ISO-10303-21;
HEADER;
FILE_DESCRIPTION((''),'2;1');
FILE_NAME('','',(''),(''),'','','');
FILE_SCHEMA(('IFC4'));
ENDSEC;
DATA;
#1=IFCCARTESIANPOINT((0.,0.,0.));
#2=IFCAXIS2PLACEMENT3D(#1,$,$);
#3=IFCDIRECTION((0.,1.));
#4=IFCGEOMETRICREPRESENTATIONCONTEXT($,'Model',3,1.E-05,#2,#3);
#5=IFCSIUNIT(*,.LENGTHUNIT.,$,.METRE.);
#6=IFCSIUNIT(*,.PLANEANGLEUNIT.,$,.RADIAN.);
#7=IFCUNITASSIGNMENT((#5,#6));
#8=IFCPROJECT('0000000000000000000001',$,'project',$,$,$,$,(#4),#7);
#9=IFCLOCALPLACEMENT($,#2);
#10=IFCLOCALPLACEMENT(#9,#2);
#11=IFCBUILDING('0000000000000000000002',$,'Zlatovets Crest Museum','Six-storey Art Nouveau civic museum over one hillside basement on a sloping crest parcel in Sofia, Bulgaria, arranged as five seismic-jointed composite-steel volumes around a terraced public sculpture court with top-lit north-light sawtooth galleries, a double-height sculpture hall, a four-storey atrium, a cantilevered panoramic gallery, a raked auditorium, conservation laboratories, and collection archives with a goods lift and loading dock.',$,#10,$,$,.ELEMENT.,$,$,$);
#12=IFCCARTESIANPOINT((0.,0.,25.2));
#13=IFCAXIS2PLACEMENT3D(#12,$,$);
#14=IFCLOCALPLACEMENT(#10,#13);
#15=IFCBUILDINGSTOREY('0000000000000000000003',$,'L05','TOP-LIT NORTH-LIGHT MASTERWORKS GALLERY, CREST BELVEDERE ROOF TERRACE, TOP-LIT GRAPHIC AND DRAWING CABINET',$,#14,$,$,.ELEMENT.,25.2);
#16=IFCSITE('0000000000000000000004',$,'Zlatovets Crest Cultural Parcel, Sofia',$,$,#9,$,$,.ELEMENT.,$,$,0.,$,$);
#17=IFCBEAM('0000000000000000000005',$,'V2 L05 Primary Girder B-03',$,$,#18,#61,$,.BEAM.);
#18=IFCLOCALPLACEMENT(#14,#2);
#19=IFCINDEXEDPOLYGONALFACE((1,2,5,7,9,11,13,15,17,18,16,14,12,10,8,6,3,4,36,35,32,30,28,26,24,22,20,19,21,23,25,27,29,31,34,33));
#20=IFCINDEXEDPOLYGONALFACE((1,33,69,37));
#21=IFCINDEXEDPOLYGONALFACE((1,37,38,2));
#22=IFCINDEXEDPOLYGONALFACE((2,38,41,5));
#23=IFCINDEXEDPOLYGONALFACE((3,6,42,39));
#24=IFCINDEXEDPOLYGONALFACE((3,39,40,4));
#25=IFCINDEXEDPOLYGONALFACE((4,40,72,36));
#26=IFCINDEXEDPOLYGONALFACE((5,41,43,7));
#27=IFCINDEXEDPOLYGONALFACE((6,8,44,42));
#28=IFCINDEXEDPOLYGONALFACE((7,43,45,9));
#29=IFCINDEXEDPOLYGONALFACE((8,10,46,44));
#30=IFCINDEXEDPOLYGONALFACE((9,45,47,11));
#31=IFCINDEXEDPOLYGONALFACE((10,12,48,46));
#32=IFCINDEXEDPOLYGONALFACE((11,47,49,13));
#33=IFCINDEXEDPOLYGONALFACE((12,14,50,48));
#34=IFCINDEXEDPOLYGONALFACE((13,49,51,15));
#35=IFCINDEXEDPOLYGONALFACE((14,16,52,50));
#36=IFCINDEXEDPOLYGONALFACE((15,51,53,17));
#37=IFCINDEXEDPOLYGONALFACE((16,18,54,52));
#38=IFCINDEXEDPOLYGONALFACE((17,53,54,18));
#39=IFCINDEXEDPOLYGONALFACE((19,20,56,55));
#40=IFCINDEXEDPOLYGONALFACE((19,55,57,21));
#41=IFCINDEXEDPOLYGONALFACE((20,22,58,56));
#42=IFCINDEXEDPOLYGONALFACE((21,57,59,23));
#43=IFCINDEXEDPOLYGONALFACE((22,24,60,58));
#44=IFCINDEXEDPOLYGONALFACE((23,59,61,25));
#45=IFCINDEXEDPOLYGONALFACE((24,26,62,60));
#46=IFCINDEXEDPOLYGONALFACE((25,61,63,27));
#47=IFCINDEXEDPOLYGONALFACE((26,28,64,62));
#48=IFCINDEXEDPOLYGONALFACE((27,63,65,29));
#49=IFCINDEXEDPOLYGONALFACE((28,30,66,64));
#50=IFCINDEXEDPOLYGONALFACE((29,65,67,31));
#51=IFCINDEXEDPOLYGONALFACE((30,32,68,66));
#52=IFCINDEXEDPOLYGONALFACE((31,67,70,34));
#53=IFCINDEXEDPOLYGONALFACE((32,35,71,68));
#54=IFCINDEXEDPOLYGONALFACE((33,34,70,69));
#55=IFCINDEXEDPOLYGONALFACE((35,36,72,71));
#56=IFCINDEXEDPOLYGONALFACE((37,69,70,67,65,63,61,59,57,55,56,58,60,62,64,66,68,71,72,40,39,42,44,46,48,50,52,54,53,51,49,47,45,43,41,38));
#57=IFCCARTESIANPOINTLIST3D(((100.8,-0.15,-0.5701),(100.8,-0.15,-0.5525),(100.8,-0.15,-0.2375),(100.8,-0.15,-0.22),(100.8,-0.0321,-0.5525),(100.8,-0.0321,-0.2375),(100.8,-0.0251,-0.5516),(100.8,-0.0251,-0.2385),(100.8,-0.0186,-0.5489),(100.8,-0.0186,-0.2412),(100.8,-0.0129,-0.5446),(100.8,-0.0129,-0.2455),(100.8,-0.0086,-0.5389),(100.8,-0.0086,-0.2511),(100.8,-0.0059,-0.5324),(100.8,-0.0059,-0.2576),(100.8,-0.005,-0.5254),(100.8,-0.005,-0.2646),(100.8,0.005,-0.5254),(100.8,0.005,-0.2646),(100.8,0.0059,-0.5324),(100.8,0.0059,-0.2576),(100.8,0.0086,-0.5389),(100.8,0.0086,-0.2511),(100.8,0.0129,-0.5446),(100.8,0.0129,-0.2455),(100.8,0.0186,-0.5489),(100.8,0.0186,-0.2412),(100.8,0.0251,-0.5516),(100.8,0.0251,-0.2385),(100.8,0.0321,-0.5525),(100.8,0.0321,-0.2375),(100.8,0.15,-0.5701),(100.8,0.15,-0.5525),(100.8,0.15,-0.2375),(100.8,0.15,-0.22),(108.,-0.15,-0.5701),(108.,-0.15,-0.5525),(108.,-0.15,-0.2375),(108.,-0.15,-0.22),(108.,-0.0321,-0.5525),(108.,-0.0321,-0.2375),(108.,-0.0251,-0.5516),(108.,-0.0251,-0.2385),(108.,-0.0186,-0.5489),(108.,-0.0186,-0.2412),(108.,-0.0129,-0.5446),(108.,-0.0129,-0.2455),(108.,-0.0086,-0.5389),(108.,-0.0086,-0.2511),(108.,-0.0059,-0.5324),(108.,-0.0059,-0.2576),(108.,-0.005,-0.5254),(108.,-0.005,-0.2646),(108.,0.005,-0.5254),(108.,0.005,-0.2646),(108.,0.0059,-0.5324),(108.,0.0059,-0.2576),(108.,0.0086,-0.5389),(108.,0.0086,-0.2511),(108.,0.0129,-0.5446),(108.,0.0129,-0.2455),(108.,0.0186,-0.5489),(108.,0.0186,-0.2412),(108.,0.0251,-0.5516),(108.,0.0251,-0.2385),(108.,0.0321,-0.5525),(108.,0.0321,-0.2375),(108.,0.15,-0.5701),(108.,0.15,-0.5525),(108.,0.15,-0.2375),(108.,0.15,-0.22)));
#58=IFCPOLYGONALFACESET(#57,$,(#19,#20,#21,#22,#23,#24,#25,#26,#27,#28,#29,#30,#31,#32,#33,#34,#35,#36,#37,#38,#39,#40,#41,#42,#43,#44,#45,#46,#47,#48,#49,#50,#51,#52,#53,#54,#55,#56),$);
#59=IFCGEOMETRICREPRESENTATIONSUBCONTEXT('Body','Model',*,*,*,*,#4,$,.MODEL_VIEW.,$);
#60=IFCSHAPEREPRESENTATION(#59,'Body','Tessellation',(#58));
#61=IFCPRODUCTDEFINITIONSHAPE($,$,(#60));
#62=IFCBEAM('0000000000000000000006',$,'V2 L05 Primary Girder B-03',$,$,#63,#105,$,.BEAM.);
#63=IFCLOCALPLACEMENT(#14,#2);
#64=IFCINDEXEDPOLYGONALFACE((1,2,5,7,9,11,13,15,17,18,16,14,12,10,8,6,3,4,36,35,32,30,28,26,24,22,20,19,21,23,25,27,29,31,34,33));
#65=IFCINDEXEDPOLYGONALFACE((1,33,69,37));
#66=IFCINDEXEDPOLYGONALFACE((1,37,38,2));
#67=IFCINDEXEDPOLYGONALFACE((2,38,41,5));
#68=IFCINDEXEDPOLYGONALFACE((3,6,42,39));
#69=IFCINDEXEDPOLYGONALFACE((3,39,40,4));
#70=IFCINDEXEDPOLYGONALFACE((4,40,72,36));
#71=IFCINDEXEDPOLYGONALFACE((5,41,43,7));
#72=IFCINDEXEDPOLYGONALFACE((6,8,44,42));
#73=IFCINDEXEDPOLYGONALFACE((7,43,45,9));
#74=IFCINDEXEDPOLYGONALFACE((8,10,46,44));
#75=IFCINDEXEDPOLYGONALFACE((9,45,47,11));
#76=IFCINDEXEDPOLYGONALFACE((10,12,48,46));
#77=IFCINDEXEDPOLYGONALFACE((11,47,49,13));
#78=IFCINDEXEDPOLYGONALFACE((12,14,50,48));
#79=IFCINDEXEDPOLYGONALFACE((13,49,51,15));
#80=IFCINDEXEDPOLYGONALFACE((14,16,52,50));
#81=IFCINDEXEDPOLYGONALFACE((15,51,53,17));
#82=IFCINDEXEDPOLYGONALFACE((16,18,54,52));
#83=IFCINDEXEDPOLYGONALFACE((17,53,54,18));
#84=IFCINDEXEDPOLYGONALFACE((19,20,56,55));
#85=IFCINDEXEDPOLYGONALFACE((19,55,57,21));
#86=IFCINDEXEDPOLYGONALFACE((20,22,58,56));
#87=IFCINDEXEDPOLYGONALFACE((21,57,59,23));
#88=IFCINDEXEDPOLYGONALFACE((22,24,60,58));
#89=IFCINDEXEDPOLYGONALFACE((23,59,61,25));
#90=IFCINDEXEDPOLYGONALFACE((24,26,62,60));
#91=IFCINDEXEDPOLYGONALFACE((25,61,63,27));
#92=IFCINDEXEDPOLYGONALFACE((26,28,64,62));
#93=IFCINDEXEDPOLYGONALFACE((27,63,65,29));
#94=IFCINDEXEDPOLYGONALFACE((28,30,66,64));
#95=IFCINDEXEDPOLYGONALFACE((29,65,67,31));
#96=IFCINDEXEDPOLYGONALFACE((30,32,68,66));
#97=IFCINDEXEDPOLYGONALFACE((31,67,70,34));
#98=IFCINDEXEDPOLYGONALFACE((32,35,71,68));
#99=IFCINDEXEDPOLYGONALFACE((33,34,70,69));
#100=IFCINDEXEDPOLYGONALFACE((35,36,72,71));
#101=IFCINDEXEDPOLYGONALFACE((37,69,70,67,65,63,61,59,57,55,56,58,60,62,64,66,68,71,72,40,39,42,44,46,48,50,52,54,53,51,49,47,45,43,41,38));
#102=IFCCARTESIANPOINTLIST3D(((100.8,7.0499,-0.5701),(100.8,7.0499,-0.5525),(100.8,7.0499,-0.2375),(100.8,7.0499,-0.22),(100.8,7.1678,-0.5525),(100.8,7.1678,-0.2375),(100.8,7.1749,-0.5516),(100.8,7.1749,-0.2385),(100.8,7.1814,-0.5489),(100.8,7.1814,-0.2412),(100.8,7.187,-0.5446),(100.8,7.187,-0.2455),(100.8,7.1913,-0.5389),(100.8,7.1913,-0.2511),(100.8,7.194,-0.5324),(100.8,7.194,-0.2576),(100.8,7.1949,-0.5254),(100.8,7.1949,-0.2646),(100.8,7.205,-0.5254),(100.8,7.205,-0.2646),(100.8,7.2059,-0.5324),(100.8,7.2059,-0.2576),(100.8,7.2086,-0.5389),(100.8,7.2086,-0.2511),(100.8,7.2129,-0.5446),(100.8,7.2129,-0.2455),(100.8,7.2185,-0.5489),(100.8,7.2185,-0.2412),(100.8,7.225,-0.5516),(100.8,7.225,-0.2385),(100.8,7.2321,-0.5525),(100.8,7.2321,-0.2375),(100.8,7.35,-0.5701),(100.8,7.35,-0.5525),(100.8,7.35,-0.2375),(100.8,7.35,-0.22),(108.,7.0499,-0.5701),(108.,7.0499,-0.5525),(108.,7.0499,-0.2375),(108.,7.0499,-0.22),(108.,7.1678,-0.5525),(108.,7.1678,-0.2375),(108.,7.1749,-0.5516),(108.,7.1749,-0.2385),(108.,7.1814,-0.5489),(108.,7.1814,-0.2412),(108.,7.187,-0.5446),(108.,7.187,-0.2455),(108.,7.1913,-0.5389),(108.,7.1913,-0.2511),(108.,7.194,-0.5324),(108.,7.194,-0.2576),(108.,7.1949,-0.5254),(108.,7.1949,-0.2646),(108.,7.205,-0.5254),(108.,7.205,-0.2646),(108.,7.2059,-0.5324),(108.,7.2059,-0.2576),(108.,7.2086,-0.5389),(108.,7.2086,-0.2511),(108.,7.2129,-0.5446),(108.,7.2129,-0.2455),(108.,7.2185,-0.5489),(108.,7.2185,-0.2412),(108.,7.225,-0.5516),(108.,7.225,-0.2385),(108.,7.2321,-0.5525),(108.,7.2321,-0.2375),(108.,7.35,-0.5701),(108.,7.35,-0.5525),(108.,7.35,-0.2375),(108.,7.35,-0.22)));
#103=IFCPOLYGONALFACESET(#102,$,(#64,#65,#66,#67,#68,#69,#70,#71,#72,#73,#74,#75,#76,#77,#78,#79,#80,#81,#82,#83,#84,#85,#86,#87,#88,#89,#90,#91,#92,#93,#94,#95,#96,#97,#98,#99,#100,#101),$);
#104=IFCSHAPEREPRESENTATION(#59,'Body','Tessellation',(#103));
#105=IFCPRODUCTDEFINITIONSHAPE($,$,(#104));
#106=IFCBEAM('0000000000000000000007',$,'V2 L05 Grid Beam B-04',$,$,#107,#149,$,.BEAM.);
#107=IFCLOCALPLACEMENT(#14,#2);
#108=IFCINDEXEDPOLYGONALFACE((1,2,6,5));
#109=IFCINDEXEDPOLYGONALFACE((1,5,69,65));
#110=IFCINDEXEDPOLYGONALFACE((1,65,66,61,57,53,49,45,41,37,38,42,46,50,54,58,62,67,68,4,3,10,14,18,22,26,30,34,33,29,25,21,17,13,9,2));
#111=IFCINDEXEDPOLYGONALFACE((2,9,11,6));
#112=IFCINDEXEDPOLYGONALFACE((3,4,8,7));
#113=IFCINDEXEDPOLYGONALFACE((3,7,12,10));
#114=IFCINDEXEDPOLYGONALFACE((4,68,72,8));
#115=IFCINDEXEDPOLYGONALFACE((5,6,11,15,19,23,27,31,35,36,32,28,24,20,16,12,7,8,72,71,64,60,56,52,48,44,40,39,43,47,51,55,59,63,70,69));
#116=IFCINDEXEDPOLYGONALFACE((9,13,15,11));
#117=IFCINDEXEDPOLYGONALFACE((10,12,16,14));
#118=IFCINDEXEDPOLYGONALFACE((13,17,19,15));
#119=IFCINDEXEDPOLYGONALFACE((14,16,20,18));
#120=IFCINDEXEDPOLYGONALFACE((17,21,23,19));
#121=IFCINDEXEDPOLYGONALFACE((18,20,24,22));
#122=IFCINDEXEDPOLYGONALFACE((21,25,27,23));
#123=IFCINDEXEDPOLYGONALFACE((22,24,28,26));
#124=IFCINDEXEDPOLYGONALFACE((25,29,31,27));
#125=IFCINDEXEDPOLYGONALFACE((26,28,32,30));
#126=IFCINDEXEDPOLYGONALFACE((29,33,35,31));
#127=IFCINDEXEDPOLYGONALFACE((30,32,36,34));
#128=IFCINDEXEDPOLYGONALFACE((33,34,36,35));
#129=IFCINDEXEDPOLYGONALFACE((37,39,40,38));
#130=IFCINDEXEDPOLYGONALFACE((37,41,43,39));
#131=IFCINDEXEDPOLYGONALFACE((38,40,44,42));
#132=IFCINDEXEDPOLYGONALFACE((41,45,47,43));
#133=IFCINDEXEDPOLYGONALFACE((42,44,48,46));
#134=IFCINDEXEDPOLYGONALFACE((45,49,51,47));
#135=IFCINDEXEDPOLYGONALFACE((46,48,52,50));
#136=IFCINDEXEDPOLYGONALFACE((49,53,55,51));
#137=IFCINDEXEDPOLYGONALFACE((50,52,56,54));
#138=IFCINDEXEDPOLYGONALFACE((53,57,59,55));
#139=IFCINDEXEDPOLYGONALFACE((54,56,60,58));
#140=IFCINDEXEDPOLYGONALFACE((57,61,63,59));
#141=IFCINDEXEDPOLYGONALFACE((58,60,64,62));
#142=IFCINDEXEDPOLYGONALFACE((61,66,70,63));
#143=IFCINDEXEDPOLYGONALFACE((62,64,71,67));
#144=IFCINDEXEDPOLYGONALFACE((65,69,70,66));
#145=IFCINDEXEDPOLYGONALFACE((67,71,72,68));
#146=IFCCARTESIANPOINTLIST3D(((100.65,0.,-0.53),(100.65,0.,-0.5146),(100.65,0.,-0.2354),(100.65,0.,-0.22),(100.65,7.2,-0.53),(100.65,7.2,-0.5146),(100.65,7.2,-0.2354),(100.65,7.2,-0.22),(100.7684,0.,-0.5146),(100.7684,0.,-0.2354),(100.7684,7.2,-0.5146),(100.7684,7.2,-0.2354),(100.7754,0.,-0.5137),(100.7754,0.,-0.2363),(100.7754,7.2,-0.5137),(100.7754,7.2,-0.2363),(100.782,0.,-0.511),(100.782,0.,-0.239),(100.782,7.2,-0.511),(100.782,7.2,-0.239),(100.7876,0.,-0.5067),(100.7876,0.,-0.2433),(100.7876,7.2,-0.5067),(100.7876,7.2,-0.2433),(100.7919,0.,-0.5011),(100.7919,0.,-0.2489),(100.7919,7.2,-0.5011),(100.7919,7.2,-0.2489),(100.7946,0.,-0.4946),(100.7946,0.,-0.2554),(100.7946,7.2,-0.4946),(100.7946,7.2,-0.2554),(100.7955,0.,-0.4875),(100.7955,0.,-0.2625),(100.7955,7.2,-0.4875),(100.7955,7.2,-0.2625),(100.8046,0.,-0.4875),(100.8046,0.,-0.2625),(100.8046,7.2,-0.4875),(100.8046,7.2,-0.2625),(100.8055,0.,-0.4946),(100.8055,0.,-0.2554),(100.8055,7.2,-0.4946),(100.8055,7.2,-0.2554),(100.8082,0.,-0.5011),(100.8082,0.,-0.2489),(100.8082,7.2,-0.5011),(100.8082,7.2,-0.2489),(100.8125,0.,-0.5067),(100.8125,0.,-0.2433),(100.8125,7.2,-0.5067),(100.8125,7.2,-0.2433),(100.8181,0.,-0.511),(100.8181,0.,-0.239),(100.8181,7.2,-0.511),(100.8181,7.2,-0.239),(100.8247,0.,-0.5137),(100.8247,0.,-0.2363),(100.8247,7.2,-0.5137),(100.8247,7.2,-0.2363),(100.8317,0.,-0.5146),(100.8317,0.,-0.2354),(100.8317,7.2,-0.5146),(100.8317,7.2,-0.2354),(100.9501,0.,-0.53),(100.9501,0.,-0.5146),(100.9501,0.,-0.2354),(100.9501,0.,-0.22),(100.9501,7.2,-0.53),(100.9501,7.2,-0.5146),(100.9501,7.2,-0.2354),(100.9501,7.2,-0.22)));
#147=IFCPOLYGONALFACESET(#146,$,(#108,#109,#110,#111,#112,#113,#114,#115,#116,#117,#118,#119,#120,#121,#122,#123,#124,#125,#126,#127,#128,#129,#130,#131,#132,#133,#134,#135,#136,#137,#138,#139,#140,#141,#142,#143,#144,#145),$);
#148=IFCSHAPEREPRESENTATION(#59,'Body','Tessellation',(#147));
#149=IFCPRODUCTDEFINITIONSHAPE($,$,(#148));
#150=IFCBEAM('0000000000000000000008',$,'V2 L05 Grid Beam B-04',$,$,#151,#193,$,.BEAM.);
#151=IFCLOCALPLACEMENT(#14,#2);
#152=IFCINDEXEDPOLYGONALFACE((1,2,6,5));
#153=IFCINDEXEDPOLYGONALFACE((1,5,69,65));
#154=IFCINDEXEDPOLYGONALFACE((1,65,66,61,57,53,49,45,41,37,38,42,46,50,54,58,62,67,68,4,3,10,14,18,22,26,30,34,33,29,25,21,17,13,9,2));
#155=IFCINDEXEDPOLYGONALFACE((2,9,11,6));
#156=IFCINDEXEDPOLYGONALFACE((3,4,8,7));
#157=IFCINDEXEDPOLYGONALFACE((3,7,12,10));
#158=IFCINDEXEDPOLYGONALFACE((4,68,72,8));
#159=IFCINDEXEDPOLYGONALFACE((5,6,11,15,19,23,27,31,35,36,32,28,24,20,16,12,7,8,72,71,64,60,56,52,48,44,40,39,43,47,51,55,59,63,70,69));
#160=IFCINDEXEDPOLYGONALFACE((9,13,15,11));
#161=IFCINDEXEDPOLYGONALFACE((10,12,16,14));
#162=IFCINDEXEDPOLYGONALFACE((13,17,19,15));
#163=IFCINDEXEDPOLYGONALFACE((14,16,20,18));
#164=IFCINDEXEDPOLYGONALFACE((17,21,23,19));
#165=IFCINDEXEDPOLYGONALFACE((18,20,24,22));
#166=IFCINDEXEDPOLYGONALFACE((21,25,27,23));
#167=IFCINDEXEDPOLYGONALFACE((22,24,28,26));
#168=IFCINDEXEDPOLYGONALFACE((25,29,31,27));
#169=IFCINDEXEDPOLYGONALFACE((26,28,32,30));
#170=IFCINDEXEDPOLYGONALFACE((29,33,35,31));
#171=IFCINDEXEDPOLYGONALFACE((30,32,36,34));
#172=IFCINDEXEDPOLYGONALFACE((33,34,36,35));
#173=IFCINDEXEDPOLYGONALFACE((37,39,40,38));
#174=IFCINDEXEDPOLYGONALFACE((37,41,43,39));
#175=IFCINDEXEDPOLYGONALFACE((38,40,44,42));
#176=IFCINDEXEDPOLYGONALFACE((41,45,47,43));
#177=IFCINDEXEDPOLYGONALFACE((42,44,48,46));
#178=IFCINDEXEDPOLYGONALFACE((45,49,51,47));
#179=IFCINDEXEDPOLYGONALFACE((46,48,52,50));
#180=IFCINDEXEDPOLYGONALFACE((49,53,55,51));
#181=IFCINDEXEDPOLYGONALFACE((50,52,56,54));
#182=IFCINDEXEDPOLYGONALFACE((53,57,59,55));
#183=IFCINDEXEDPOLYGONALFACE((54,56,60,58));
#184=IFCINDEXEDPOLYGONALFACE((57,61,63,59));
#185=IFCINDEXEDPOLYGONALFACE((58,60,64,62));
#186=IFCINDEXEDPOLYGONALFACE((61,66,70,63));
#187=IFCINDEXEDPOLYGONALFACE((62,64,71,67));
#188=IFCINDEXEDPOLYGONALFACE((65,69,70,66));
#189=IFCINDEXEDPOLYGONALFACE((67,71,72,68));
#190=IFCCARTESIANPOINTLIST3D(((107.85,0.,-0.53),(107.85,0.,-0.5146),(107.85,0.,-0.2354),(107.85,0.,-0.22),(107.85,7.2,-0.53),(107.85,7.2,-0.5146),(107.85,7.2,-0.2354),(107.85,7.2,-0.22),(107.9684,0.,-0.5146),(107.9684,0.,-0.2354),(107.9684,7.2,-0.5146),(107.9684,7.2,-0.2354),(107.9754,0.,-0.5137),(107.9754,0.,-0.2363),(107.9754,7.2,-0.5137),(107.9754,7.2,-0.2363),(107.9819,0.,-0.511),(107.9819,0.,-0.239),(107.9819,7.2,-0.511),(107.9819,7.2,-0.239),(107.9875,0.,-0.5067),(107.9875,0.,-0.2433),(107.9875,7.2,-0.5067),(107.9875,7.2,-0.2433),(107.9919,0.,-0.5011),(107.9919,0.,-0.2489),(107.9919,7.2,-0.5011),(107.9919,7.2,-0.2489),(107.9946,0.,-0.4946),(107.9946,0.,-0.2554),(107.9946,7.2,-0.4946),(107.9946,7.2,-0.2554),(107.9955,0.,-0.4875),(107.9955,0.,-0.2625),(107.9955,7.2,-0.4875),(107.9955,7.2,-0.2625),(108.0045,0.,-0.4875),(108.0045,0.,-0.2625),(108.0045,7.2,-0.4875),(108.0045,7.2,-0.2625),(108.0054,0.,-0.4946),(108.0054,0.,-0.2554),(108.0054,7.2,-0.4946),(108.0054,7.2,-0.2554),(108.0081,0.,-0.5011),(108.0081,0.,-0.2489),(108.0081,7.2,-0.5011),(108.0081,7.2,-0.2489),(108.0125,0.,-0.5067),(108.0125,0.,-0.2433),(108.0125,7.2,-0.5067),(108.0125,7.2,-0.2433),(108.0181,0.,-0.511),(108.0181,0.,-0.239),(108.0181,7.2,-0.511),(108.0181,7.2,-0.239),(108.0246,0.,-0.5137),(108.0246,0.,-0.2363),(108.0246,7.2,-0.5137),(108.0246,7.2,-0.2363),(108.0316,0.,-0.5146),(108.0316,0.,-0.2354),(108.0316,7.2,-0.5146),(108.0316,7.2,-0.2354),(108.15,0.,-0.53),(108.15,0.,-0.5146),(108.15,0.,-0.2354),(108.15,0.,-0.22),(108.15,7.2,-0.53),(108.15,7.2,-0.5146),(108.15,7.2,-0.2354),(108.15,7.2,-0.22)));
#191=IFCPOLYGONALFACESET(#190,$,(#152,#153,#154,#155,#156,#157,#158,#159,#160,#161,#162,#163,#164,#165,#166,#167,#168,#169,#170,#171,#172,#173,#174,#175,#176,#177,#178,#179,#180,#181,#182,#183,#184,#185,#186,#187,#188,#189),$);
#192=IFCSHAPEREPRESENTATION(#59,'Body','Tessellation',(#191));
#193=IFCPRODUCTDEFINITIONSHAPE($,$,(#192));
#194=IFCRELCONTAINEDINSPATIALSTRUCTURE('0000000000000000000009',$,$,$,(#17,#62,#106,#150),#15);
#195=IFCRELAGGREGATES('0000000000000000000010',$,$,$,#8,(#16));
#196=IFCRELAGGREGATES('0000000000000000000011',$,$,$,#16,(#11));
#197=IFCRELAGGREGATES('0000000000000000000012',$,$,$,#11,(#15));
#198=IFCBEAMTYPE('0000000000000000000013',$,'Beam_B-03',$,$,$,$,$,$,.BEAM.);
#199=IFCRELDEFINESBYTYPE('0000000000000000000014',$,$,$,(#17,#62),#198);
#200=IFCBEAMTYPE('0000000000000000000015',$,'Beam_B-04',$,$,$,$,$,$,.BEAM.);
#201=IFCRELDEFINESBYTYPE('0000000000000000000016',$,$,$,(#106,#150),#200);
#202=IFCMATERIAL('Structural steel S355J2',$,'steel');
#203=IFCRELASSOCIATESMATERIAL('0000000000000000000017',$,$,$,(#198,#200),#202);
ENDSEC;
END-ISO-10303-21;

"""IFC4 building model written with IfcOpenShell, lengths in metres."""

from ifc_helpers import new_model, si_unit, direction, frame, origin, origin_2d, place, context, subcontext, project, spatial, i_section, extrude, material, material_profile, profile_set, type_object, element, save


model = new_model("IFC4")

# Units and contexts
model_context = context("Model", 3, precision=1e-05, world=origin(), true_north=direction((0.0, 1.0)))
body_context = subcontext(model_context, "Body", "Model", "MODEL_VIEW")
ifc_project = project(units=[si_unit("LENGTHUNIT", "METRE"), si_unit("PLANEANGLEUNIT", "RADIAN")], contexts=[model_context])

# Site, building, storey
site_placement = place(None, origin())
site = spatial("IfcSite", under=ifc_project, at=site_placement, Name="Zlatovets Crest Cultural Parcel, Sofia", CompositionType="ELEMENT", RefElevation=0.0)
building_placement = place(site_placement, origin())
building = spatial("IfcBuilding", under=site, at=building_placement, Name="Zlatovets Crest Museum", Description="Six-storey Art Nouveau civic museum over one hillside basement on a sloping crest parcel in Sofia, Bulgaria, arranged as five seismic-jointed composite-steel volumes around a terraced public sculpture court with top-lit north-light sawtooth galleries, a double-height sculpture hall, a four-storey atrium, a cantilevered panoramic gallery, a raked auditorium, conservation laboratories, and collection archives with a goods lift and loading dock.", CompositionType="ELEMENT")
storey_placement = place(building_placement, frame((0.0, 0.0, 25.2)))
storey = spatial("IfcBuildingStorey", under=building, at=storey_placement, Name="L05", Description="TOP-LIT NORTH-LIGHT MASTERWORKS GALLERY, CREST BELVEDERE ROOF TERRACE, TOP-LIT GRAPHIC AND DRAWING CABINET", CompositionType="ELEMENT", Elevation=25.2)

# Beams
ifc_material_1 = material(Name="Structural steel S355J2", Category="steel")
ifc_material_profile_1 = material_profile(ifc_material_1, i_section(OverallWidth=0.3, OverallDepth=0.3501, WebThickness=0.01, FlangeThickness=0.0176, FilletRadius=0.0271, at=origin_2d()), Name="HEA 360")
ifc_profile_set_1 = profile_set([ifc_material_profile_1], Name="Structural steel S355J2")
beam_type_1 = type_object("IfcBeamType", Name="Beam_B-03", PredefinedType="BEAM", material=ifc_profile_set_1)
for number, where, z_axis, x_axis, name in (
    (1, (100.8, 0.0, -0.395), (1.0, 0.0, 0.0), (0.0, 1.0, 0.0), "V2 L05 Primary Girder B-03"),
    (2, (100.8, 7.2, -0.395), (1.0, 0.0, 0.0), (0.0, 1.0, 0.0), "V2 L05 Primary Girder B-03"),
):
    element("IfcBeam", number, at=place(storey_placement, frame(where, z_axis=z_axis, x_axis=x_axis)), inside=storey, type_object=beam_type_1, Name=name, PredefinedType="BEAM", context=body_context, shape_type="SweptSolid", body=[
        extrude(i_section(OverallWidth=0.3, OverallDepth=0.3501, WebThickness=0.01, FlangeThickness=0.0176, FilletRadius=0.0271, at=origin_2d()), origin(), (0.0, 0.0, 1.0), 7.2),
    ])
ifc_material_profile_2 = material_profile(ifc_material_1, i_section(OverallWidth=0.3, OverallDepth=0.3101, WebThickness=0.009, FlangeThickness=0.0154, FilletRadius=0.0271, at=origin_2d()), Name="HEA 320")
ifc_profile_set_2 = profile_set([ifc_material_profile_2], Name="Structural steel S355J2")
beam_type_2 = type_object("IfcBeamType", Name="Beam_B-04", PredefinedType="BEAM", material=ifc_profile_set_2)
for number, where, z_axis, x_axis, name in (
    (3, (100.8, 0.0, -0.375), (0.0, 1.0, 0.0), (-1.0, 0.0, 0.0), "V2 L05 Grid Beam B-04"),
    (4, (108.0, 0.0, -0.375), (0.0, 1.0, 0.0), (-1.0, 0.0, 0.0), "V2 L05 Grid Beam B-04"),
):
    element("IfcBeam", number, at=place(storey_placement, frame(where, z_axis=z_axis, x_axis=x_axis)), inside=storey, type_object=beam_type_2, Name=name, PredefinedType="BEAM", context=body_context, shape_type="SweptSolid", body=[
        extrude(i_section(OverallWidth=0.3, OverallDepth=0.3101, WebThickness=0.009, FlangeThickness=0.0154, FilletRadius=0.0271, at=origin_2d()), origin(), (0.0, 0.0, 1.0), 7.2),
    ])

save(model, "model.ifc")
